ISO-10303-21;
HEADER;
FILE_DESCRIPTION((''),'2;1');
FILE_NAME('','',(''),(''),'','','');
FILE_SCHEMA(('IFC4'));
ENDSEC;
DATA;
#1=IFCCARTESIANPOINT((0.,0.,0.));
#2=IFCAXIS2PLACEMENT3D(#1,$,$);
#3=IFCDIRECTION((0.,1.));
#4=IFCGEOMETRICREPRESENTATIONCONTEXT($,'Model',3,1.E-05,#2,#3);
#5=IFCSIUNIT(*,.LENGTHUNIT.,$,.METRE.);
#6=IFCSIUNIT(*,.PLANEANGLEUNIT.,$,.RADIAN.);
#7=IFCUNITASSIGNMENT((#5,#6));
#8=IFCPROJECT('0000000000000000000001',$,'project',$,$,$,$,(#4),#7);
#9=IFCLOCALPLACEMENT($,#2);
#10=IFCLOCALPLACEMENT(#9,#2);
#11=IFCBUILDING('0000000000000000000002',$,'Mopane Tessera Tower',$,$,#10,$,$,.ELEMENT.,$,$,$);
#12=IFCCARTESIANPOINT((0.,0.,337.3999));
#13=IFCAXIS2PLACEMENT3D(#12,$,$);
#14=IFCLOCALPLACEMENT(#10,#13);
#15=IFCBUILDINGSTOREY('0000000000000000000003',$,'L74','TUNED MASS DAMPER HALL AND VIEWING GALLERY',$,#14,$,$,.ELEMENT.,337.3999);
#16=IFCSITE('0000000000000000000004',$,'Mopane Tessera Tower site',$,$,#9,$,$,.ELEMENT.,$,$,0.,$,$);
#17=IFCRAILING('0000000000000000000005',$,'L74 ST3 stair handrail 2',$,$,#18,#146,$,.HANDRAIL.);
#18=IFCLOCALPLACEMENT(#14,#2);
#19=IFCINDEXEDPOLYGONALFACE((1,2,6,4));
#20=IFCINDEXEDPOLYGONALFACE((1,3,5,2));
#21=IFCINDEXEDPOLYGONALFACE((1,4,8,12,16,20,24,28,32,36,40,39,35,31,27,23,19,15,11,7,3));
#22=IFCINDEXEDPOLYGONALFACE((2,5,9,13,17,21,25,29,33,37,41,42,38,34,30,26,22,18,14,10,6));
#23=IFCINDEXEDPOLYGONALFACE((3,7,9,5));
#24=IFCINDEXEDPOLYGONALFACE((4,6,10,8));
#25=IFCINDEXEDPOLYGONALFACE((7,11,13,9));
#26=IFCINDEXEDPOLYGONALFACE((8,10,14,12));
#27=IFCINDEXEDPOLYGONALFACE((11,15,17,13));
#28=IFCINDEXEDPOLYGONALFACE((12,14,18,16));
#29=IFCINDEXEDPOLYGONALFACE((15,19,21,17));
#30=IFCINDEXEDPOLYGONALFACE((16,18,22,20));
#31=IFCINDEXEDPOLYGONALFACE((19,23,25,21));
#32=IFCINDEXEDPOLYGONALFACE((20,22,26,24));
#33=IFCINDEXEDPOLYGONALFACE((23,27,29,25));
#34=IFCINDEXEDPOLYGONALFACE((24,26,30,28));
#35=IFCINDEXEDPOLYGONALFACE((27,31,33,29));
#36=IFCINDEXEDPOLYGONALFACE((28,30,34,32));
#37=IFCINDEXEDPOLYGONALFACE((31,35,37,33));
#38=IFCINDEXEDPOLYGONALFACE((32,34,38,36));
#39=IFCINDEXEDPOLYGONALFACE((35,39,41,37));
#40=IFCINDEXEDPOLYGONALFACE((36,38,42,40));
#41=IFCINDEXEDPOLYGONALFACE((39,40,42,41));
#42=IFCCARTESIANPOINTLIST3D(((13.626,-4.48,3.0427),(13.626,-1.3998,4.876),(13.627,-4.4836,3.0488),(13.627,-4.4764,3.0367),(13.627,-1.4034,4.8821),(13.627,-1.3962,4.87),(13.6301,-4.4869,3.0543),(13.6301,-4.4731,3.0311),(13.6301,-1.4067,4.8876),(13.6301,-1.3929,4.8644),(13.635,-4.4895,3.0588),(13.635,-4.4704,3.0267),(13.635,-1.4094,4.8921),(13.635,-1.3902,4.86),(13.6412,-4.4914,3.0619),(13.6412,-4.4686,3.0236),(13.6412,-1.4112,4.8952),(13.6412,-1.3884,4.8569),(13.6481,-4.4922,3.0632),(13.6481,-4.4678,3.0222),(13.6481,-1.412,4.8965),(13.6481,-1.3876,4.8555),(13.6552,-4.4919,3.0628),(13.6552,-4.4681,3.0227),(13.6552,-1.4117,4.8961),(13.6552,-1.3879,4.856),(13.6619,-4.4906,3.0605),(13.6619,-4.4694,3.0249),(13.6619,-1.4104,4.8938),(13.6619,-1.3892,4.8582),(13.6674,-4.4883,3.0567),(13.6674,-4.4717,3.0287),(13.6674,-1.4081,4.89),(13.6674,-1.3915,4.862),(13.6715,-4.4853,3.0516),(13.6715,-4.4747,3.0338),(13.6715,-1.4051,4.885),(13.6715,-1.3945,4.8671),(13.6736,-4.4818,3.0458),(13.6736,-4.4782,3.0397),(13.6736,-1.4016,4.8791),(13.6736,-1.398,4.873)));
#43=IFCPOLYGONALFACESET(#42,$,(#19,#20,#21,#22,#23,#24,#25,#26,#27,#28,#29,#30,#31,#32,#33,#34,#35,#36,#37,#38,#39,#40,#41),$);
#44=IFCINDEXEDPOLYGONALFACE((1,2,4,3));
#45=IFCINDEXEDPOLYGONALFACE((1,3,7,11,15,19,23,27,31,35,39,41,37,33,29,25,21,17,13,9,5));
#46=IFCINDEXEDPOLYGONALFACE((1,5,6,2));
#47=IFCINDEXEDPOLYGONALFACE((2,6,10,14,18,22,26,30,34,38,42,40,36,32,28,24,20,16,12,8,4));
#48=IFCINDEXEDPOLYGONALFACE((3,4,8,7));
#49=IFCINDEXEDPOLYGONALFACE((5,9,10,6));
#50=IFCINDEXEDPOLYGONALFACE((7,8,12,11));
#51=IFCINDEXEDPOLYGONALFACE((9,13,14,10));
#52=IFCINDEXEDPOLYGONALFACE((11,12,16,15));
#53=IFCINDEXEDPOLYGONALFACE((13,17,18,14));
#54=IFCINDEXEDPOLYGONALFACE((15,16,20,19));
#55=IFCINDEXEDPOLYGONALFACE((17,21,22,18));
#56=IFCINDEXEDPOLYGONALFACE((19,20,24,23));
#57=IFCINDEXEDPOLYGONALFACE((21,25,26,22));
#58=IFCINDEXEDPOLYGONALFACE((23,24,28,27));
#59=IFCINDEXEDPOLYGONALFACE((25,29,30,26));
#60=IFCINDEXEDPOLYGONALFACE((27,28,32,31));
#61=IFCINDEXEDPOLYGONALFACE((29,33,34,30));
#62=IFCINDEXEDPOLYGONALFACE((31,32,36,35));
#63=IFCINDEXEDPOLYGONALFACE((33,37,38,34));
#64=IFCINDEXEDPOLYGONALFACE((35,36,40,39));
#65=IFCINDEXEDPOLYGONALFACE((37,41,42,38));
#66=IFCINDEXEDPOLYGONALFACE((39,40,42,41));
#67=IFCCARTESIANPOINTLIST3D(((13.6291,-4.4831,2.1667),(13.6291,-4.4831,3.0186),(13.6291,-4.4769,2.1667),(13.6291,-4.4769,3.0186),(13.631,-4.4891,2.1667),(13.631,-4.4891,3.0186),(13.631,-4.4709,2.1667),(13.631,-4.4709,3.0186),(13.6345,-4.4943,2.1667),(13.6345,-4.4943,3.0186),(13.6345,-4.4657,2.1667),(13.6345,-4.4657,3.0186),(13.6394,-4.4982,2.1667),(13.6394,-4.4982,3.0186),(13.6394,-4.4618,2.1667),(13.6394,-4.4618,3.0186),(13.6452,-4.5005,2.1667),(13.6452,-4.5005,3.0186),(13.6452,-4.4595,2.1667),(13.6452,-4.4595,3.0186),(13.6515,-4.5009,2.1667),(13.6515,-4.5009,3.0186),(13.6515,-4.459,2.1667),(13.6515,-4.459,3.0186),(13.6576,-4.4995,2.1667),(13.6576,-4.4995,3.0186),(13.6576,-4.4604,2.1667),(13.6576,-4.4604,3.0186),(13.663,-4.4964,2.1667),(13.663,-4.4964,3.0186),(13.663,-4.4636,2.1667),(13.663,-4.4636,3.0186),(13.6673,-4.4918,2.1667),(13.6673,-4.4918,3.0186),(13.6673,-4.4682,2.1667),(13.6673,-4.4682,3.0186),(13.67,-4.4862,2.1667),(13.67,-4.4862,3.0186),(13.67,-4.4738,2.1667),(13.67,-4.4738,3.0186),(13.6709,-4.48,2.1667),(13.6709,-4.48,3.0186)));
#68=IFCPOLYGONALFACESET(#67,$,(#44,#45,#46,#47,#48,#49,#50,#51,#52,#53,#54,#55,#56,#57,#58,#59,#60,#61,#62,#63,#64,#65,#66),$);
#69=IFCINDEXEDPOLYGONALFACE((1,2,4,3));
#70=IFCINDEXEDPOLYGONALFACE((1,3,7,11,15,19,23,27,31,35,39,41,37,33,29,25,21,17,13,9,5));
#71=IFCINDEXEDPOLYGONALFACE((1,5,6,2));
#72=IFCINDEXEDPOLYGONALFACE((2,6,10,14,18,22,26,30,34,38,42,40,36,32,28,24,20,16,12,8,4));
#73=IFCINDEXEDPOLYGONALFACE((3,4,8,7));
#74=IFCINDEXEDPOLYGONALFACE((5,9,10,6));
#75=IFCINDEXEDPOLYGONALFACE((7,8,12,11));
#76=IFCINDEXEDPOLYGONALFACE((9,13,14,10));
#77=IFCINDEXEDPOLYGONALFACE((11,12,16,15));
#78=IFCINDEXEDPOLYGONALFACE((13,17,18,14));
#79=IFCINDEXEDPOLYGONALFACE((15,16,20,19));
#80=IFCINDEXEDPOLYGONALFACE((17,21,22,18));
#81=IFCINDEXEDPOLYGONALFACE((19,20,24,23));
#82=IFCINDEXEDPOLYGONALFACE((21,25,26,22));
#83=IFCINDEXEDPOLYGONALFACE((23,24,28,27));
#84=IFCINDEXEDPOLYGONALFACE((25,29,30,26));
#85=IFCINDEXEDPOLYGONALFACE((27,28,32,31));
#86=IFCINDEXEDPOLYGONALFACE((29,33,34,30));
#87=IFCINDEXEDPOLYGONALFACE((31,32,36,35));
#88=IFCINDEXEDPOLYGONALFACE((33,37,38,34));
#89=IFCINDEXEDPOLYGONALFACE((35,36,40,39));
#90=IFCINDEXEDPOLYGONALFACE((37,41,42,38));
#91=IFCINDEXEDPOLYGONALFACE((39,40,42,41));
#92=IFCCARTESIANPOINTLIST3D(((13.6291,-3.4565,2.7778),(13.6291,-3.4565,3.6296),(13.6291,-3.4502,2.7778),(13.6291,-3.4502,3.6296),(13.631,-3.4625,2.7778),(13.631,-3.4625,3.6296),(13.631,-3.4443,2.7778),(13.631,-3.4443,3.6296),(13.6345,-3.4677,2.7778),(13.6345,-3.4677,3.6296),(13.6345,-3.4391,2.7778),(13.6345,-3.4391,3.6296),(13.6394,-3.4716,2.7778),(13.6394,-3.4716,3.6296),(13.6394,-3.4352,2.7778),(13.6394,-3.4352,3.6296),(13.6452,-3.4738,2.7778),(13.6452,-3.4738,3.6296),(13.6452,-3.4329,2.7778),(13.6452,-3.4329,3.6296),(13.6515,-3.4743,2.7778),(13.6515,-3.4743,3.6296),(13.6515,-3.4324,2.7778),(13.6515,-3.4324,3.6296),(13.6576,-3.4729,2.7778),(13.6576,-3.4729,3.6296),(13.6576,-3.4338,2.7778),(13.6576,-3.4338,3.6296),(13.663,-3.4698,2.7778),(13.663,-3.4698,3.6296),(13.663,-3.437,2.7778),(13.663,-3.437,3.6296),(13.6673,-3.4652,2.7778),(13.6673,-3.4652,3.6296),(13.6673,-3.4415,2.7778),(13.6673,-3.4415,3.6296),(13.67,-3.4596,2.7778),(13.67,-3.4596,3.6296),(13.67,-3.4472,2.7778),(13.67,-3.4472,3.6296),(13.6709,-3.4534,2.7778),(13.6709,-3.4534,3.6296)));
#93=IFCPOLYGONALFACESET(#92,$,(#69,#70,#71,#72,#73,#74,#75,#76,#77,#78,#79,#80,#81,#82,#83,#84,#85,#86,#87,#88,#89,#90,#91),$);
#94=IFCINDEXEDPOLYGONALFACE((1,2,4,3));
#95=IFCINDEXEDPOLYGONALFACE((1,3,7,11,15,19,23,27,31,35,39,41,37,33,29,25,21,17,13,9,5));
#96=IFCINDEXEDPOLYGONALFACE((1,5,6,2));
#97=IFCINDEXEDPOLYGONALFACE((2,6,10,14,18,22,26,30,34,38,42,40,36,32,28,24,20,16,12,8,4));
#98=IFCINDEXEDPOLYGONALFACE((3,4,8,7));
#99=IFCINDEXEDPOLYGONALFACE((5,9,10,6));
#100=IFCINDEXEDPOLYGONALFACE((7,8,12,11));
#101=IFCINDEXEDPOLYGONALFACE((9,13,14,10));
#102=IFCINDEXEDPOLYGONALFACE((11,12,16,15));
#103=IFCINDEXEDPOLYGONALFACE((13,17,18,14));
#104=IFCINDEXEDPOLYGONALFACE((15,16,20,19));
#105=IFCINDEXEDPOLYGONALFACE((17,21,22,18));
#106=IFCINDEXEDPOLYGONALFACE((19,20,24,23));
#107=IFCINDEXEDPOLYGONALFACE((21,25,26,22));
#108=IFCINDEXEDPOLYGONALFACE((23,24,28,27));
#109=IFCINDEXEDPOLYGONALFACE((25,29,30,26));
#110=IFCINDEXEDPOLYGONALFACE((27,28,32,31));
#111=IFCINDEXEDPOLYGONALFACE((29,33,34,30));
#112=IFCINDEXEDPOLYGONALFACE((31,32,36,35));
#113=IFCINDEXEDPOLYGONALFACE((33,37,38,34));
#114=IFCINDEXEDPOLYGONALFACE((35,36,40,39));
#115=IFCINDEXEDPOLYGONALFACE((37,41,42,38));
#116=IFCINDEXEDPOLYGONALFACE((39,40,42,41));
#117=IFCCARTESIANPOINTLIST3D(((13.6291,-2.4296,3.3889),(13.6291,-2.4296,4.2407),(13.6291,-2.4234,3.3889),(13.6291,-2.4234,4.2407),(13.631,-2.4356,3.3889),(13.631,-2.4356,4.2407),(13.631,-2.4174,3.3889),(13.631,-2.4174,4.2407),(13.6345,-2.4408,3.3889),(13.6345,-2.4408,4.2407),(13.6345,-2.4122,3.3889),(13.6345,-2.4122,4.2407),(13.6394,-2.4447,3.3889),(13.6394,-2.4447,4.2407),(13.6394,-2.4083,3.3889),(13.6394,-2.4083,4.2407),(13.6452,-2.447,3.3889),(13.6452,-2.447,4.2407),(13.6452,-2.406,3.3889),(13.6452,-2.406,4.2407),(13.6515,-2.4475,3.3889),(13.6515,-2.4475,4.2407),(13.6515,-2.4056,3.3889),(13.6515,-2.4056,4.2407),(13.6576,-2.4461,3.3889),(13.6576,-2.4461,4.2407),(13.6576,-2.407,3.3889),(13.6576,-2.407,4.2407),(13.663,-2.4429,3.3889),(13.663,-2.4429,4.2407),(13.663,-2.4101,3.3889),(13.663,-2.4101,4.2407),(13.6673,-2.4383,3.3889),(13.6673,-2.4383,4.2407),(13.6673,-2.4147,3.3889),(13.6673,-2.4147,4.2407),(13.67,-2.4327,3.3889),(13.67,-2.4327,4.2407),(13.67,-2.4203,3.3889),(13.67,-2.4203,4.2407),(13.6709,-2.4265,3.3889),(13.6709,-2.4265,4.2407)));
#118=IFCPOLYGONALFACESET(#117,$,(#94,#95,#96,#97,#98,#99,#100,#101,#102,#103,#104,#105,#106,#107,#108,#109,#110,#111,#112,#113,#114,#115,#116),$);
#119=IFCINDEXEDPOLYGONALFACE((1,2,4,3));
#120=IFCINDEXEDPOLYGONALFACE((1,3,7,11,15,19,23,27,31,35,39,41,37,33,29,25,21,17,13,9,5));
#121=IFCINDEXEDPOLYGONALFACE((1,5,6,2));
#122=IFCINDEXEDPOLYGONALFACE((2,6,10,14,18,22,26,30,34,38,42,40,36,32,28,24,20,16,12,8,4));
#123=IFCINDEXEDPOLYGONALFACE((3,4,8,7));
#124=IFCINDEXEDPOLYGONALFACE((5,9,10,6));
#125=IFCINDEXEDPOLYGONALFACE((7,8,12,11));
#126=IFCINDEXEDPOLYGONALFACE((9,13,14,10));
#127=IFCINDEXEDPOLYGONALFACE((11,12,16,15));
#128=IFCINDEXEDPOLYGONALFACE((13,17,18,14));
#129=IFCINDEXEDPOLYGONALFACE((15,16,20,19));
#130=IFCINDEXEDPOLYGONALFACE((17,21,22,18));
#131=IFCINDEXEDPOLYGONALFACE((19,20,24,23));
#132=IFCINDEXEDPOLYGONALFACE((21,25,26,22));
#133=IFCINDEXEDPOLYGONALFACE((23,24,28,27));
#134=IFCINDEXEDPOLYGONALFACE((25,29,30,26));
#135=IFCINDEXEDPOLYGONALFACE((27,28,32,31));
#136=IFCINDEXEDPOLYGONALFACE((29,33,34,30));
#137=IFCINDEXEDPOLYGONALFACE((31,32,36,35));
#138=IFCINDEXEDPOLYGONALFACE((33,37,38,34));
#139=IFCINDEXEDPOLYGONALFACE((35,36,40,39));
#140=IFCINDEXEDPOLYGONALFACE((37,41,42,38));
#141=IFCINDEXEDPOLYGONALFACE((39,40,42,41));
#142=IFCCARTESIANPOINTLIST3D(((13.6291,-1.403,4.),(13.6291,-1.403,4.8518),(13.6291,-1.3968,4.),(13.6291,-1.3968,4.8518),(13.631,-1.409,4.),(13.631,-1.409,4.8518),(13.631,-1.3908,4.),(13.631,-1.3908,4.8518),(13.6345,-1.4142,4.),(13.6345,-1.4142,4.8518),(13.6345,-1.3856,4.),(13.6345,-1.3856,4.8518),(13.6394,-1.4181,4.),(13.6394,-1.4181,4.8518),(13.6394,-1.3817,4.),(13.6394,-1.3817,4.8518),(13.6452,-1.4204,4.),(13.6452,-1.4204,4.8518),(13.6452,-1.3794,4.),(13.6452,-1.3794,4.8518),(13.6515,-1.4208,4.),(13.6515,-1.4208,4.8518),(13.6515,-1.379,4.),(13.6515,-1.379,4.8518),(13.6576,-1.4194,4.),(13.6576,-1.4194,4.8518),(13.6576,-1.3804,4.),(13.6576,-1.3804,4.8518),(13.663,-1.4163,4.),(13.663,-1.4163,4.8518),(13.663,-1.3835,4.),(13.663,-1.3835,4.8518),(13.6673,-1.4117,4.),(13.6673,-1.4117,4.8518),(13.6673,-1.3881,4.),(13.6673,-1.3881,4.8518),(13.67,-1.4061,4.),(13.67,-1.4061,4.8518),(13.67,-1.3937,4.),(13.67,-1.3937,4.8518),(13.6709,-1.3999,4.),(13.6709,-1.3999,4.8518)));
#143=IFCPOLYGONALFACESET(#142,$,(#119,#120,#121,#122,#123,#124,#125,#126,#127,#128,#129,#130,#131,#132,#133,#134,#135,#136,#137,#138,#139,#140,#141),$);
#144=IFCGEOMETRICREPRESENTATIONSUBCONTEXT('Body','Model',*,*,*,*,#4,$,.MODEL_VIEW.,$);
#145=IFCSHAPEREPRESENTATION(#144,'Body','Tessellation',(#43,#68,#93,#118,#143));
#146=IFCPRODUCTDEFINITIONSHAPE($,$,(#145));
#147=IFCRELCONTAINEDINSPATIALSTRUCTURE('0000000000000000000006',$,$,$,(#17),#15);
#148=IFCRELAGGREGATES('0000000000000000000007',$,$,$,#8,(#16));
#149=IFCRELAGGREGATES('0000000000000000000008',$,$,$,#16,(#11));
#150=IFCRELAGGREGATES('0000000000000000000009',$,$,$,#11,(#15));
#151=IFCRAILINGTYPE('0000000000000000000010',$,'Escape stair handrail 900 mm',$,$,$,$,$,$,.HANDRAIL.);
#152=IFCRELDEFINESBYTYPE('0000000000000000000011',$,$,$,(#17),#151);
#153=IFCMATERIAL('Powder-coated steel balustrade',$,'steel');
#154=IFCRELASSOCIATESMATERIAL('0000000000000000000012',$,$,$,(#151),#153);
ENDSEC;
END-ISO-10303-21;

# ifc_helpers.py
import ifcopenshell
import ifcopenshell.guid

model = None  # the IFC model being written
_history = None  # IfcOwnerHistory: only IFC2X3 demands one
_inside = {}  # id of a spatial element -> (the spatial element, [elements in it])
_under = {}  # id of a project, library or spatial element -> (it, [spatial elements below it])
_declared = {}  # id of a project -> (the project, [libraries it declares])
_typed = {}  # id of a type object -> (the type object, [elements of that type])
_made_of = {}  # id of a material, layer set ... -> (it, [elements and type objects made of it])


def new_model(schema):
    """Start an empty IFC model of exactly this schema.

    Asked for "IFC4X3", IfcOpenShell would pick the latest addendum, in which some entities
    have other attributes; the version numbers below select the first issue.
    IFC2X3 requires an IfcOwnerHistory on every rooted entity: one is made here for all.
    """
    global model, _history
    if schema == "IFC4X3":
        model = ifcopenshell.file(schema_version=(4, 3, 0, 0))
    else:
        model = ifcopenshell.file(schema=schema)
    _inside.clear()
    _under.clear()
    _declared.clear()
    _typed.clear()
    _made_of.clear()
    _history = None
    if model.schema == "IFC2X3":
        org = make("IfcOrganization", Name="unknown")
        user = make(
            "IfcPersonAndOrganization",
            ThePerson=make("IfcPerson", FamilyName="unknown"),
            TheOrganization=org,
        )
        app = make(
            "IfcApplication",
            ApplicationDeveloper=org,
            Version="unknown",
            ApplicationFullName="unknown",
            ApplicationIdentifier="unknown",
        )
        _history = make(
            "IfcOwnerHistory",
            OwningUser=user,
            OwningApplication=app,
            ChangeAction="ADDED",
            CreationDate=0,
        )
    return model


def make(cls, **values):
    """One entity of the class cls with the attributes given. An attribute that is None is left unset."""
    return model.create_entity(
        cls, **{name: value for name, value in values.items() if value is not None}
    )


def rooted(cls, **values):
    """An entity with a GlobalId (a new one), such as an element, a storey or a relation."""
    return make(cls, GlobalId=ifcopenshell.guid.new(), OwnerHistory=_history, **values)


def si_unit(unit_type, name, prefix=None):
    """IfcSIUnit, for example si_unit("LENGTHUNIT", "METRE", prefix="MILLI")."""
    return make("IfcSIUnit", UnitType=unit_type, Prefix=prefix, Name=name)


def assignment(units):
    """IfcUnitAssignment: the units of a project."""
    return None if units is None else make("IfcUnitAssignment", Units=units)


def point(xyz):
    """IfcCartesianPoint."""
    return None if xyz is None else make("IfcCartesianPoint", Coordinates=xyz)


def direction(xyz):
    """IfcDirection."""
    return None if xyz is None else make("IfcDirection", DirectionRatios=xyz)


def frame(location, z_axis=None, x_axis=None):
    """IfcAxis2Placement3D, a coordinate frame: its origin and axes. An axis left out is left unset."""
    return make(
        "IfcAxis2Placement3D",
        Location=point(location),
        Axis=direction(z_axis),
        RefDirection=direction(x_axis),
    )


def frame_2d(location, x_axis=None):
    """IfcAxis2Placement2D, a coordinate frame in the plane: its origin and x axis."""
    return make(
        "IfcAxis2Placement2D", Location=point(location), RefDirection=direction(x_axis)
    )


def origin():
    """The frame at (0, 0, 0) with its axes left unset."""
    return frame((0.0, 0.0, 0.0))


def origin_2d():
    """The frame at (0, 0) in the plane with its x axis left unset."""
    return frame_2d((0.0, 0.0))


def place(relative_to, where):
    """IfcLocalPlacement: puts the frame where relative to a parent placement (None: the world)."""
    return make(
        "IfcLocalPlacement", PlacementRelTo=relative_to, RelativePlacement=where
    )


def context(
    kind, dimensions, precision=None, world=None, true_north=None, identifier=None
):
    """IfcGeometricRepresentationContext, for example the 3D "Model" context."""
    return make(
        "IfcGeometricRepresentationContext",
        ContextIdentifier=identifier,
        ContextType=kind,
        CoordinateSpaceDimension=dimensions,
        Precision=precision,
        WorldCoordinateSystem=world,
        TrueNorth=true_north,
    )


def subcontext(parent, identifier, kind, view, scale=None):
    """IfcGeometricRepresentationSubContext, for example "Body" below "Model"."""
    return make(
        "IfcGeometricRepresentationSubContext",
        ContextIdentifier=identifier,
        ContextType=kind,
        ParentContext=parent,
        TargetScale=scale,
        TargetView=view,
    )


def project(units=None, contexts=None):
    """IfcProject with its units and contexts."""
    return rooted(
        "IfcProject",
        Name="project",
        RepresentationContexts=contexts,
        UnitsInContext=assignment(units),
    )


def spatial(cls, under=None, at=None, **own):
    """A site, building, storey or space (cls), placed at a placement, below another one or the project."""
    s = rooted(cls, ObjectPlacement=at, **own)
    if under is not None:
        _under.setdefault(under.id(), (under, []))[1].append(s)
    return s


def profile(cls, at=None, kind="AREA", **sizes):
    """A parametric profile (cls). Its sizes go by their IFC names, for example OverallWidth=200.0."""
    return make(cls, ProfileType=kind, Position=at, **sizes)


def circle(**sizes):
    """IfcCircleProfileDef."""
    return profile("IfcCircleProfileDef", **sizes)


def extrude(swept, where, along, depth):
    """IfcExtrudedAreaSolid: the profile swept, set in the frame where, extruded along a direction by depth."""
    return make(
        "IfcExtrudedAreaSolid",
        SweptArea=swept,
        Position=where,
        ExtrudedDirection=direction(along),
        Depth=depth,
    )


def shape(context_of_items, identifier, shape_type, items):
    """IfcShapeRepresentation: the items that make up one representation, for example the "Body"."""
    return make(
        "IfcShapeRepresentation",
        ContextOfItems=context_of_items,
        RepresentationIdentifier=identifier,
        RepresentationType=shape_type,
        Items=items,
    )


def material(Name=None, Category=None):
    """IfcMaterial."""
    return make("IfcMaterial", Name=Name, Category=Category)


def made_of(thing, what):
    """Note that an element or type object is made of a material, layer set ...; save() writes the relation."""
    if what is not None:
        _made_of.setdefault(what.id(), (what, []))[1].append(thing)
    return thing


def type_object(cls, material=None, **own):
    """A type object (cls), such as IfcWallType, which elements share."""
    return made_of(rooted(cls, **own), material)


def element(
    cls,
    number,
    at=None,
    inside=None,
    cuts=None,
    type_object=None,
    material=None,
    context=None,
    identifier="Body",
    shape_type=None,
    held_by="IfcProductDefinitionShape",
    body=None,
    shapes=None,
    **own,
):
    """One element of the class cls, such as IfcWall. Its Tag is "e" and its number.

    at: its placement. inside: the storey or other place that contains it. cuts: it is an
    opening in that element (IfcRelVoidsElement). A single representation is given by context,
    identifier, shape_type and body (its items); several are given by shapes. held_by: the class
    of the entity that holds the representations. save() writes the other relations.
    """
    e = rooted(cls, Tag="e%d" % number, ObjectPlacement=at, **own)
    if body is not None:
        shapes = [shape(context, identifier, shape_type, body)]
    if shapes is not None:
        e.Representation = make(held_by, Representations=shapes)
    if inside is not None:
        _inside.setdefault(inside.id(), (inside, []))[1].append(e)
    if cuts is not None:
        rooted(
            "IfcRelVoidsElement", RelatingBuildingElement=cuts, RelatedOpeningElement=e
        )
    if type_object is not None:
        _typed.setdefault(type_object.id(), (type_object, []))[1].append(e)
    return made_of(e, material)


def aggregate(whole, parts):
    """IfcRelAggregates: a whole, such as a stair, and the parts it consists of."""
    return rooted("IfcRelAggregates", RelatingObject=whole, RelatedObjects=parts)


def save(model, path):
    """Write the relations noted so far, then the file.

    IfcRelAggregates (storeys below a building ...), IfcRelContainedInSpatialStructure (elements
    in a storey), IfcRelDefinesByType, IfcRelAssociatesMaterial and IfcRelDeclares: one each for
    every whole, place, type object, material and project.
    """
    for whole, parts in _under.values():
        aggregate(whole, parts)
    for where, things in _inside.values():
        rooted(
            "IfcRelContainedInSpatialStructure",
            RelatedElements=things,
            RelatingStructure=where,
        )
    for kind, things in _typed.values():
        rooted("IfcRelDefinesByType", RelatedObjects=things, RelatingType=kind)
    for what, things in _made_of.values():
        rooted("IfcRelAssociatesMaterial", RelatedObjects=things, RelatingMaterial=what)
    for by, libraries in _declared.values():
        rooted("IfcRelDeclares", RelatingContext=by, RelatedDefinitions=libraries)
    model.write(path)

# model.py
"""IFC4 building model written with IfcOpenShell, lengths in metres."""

from ifc_helpers import new_model, si_unit, direction, frame, origin, origin_2d, place, context, subcontext, project, spatial, circle, extrude, material, type_object, element, save


model = new_model("IFC4")

# Units and contexts
model_context = context("Model", 3, precision=1e-05, world=origin(), true_north=direction((0.0, 1.0)))
body_context = subcontext(model_context, "Body", "Model", "MODEL_VIEW")
ifc_project = project(units=[si_unit("LENGTHUNIT", "METRE"), si_unit("PLANEANGLEUNIT", "RADIAN")], contexts=[model_context])

# Site, building, storey
site_placement = place(None, origin())
site = spatial("IfcSite", under=ifc_project, at=site_placement, Name="Mopane Tessera Tower site", CompositionType="ELEMENT", RefElevation=0.0)
building_placement = place(site_placement, origin())
building = spatial("IfcBuilding", under=site, at=building_placement, Name="Mopane Tessera Tower", CompositionType="ELEMENT")
storey_placement = place(building_placement, frame((0.0, 0.0, 337.3999)))
storey = spatial("IfcBuildingStorey", under=building, at=storey_placement, Name="L74", Description="TUNED MASS DAMPER HALL AND VIEWING GALLERY", CompositionType="ELEMENT", Elevation=337.3999)

# Railing
ifc_material_1 = material(Name="Powder-coated steel balustrade", Category="steel")
railing_type_1 = type_object("IfcRailingType", Name="Escape stair handrail 900 mm", PredefinedType="HANDRAIL", material=ifc_material_1)
for number, where, name in (
    (1, (13.6499, -4.48, 2.1667), "L74 ST3 stair handrail 2"),
):
    element("IfcRailing", number, at=place(storey_placement, frame(where)), inside=storey, type_object=railing_type_1, Name=name, PredefinedType="HANDRAIL", context=body_context, shape_type="SweptSolid", body=[
        extrude(circle(Radius=0.0239, at=origin_2d()), frame((0.0, 0.0, 0.876), z_axis=(0.0, 0.859309, 0.511458), x_axis=(-1.0, 0.0, 0.0)), (0.0, 0.0, 1.0), 3.5845),
        extrude(circle(Radius=0.021, at=origin_2d()), origin(), (0.0, 0.0, 1.0), 0.8518),
        extrude(circle(Radius=0.021, at=origin_2d()), frame((0.0, 1.0266, 0.6111)), (0.0, 0.0, 1.0), 0.8518),
        extrude(circle(Radius=0.021, at=origin_2d()), frame((0.0, 2.0535, 1.2222)), (0.0, 0.0, 1.0), 0.8518),
        extrude(circle(Radius=0.021, at=origin_2d()), frame((0.0, 3.0801, 1.8333)), (0.0, 0.0, 1.0), 0.8518),
    ])

save(model, "model.ifc")
